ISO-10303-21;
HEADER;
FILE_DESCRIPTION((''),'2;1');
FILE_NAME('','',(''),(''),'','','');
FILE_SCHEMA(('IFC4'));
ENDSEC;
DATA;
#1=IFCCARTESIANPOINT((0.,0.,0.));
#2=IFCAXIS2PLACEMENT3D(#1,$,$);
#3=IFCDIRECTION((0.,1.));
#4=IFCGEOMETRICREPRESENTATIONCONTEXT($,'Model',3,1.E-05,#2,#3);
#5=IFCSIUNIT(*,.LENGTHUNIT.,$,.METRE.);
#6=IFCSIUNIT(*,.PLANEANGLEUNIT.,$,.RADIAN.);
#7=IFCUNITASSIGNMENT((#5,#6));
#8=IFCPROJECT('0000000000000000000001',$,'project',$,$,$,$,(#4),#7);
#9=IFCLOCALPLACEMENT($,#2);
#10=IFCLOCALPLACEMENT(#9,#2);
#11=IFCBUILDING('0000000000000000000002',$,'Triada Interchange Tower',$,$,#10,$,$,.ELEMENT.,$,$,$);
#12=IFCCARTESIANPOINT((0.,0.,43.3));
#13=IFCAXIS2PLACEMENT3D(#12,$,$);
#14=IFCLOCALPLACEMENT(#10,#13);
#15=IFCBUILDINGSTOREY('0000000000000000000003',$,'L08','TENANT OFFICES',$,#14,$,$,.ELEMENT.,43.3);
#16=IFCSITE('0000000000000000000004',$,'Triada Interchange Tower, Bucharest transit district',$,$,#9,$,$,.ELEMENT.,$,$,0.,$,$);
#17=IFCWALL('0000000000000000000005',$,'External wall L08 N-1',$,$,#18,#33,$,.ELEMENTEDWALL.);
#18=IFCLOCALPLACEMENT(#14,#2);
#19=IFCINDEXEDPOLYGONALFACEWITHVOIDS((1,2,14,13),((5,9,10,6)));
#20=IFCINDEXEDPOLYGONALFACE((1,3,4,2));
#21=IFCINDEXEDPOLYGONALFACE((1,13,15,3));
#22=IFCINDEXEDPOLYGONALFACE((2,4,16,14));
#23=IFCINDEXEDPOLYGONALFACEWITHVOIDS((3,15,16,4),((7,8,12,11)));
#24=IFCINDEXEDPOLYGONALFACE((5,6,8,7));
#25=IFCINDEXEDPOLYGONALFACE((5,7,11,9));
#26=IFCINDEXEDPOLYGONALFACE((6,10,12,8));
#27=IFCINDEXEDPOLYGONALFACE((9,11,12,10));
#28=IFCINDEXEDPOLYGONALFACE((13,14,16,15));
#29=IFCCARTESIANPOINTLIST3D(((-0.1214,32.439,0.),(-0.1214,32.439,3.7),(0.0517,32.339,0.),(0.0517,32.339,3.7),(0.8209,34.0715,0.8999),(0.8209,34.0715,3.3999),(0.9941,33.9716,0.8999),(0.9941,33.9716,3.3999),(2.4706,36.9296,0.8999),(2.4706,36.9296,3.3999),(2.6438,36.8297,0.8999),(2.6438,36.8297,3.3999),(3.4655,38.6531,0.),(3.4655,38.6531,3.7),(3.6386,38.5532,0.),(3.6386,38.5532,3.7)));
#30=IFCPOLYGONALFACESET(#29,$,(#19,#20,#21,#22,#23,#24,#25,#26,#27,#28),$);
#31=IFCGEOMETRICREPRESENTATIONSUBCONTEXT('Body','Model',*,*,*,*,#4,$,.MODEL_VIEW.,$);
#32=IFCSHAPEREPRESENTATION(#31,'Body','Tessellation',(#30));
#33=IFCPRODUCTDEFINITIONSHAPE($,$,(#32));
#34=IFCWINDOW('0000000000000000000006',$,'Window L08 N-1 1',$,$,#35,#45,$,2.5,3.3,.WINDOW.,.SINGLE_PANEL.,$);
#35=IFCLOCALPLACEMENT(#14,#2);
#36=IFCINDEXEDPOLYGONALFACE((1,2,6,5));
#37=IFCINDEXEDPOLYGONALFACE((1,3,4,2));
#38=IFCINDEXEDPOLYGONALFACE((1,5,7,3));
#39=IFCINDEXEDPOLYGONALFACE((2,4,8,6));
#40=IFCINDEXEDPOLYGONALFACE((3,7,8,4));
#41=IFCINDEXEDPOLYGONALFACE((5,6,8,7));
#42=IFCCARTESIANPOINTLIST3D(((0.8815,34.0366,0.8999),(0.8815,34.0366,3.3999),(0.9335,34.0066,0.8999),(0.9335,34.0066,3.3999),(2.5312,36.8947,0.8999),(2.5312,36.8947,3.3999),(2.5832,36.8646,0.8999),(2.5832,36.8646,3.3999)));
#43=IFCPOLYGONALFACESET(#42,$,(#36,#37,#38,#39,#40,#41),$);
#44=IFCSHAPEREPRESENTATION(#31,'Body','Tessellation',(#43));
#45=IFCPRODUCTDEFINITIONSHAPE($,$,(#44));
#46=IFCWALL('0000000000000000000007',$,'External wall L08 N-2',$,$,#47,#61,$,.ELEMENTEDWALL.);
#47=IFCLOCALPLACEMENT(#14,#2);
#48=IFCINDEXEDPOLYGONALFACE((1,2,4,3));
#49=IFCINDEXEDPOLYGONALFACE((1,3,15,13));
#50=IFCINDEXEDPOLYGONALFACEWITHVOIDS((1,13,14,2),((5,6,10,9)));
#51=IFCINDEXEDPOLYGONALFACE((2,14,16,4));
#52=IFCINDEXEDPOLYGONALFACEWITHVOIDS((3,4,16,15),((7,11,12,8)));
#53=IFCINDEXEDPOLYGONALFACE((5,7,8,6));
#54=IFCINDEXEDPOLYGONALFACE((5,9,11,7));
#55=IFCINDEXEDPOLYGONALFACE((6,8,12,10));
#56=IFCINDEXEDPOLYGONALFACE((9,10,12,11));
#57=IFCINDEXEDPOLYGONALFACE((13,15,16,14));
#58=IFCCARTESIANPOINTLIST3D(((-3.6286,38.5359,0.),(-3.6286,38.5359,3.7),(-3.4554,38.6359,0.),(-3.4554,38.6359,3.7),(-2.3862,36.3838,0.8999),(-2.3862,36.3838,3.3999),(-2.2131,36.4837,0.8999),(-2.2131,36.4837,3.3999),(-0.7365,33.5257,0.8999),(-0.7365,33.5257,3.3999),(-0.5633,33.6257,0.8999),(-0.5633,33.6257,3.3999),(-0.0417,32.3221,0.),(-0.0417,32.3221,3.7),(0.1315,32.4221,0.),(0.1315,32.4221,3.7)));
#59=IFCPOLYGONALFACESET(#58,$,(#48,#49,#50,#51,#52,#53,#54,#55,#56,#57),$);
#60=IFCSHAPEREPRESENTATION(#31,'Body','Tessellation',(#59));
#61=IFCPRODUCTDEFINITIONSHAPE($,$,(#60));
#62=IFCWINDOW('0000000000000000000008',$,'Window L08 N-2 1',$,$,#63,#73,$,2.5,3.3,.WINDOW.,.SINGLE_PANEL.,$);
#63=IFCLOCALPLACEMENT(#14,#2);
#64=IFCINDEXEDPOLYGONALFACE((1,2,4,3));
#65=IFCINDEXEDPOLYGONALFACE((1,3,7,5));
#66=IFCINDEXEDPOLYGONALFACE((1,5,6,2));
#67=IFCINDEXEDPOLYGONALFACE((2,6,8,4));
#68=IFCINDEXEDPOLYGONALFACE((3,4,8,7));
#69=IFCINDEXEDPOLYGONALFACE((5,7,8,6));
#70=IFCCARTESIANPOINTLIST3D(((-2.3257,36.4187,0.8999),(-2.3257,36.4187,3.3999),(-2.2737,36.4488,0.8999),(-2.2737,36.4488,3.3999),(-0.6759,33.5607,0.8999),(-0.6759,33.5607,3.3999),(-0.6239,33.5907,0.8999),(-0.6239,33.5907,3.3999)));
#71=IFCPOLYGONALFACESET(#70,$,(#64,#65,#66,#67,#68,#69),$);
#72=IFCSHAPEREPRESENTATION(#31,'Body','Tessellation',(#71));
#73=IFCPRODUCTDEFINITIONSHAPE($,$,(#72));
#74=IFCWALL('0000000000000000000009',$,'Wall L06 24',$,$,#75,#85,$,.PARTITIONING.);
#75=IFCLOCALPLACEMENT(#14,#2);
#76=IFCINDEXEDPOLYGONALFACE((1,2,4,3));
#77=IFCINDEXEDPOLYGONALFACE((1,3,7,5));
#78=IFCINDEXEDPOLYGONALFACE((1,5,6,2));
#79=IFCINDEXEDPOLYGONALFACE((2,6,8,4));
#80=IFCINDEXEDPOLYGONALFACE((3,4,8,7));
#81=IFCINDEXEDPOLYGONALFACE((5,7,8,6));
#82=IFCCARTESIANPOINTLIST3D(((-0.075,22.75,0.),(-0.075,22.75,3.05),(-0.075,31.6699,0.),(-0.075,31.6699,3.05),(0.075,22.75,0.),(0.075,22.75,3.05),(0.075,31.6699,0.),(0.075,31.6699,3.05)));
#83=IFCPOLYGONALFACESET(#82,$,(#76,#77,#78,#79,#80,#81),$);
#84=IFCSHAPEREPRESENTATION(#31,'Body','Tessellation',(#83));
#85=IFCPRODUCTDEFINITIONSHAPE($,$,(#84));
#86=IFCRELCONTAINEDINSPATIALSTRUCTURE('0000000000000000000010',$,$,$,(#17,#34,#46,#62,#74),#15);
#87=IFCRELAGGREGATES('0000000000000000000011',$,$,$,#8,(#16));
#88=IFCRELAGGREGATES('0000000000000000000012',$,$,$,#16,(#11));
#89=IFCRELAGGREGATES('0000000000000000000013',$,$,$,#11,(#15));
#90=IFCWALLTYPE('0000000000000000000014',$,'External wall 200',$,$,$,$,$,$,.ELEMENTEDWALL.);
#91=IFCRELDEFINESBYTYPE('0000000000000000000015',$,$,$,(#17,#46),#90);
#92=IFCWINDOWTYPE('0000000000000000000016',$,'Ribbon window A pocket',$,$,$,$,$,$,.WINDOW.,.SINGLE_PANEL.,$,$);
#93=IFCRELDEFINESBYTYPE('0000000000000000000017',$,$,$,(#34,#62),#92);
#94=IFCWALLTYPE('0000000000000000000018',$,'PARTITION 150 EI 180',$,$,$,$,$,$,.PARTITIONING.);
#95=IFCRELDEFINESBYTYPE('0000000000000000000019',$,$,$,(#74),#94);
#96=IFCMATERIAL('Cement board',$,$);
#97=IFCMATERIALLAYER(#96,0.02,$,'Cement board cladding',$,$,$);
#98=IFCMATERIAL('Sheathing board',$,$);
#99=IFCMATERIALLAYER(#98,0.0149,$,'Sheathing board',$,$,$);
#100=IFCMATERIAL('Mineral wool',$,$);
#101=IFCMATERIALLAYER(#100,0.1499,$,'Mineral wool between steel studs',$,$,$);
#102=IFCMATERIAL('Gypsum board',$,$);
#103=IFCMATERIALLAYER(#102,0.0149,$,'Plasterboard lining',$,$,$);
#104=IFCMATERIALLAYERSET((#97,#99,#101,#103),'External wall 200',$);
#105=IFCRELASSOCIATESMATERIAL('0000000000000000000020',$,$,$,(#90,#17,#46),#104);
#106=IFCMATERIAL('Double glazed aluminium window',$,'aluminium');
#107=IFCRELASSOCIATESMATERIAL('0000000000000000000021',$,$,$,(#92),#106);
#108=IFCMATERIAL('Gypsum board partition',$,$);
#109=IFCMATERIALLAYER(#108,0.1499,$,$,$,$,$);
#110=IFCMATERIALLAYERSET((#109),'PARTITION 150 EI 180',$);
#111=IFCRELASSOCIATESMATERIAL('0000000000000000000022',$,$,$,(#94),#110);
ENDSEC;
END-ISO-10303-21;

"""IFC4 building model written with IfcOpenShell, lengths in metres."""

from ifc_helpers import new_model, si_unit, direction, frame, frame_2d, origin, place, context, subcontext, project, spatial, rectangle, extrude, material, layer, layer_set, layer_usage, type_object, element, fill, save


model = new_model("IFC4")

# Units and contexts
model_context = context("Model", 3, precision=1e-05, world=origin(), true_north=direction((0.0, 1.0)))
body_context = subcontext(model_context, "Body", "Model", "MODEL_VIEW")
ifc_project = project(units=[si_unit("LENGTHUNIT", "METRE"), si_unit("PLANEANGLEUNIT", "RADIAN")], contexts=[model_context])

# Site, building, storey
site_placement = place(None, origin())
site = spatial("IfcSite", under=ifc_project, at=site_placement, Name="Triada Interchange Tower, Bucharest transit district", CompositionType="ELEMENT", RefElevation=0.0)
building_placement = place(site_placement, origin())
building = spatial("IfcBuilding", under=site, at=building_placement, Name="Triada Interchange Tower", CompositionType="ELEMENT")
storey_placement = place(building_placement, frame((0.0, 0.0, 43.3)))
storey = spatial("IfcBuildingStorey", under=building, at=storey_placement, Name="L08", Description="TENANT OFFICES", CompositionType="ELEMENT", Elevation=43.3)

# Walls, openings, windows
ifc_material_1 = material(Name="Cement board")
ifc_layer_1 = layer(ifc_material_1, 0.02, Name="Cement board cladding")
ifc_material_2 = material(Name="Sheathing board")
ifc_layer_2 = layer(ifc_material_2, 0.0149, Name="Sheathing board")
ifc_material_3 = material(Name="Mineral wool")
ifc_layer_3 = layer(ifc_material_3, 0.1499, Name="Mineral wool between steel studs")
ifc_material_4 = material(Name="Gypsum board")
ifc_layer_4 = layer(ifc_material_4, 0.0149, Name="Plasterboard lining")
ifc_layer_set_1 = layer_set([ifc_layer_1, ifc_layer_2, ifc_layer_3, ifc_layer_4], Name="External wall 200")
ifc_layer_usage = layer_usage(ifc_layer_set_1, "AXIS2", "POSITIVE", -0.1001)
wall_type_1 = type_object("IfcWallType", Name="External wall 200", PredefinedType="ELEMENTEDWALL", material=ifc_layer_set_1)
wall_1_placement = place(storey_placement, frame((3.552, 38.603, 0.0), z_axis=(0.0, 0.0, 1.0), x_axis=(-0.499916, -0.866074, 0.0)))
wall_1 = element("IfcWall", 1, at=wall_1_placement, inside=storey, type_object=wall_type_1, material=ifc_layer_usage, Name="External wall L08 N-1", PredefinedType="ELEMENTEDWALL", context=body_context, shape_type="SweptSolid", body=[
    extrude(rectangle(XDim=7.175, YDim=0.2, at=frame_2d((3.5874, 0.0))), origin(), (0.0, 0.0, 1.0), 3.7),
])
opening_1_placement = place(wall_1_placement, frame((1.99, 0.0, 0.8999)))
opening_1 = element("IfcOpeningElement", 2, at=opening_1_placement, cuts=wall_1, PredefinedType="OPENING", context=body_context, shape_type="SweptSolid", body=[
    extrude(rectangle(XDim=3.3, YDim=2.5, at=frame_2d((1.6499, 1.25))), frame((0.0, 0.1099, 0.0), z_axis=(0.0, -1.0, 0.0), x_axis=(1.0, 0.0, 0.0)), (0.0, 0.0, 1.0), 0.22),
])
ifc_material_5 = material(Name="Double glazed aluminium window", Category="aluminium")
window_type = type_object("IfcWindowType", Name="Ribbon window A pocket", PartitioningType="SINGLE_PANEL", PredefinedType="WINDOW", material=ifc_material_5)
window_1_placement = place(opening_1_placement, origin())
window_1 = element("IfcWindow", 3, at=window_1_placement, inside=storey, type_object=window_type, Name="Window L08 N-1 1", OverallHeight=2.5, OverallWidth=3.3, PartitioningType="SINGLE_PANEL", PredefinedType="WINDOW", context=body_context, shape_type="SweptSolid", body=[
    extrude(rectangle(XDim=3.3, YDim=2.5, at=frame_2d((1.6499, 1.25))), frame((0.0, 0.03, 0.0), z_axis=(0.0, -1.0, 0.0), x_axis=(1.0, 0.0, 0.0)), (0.0, 0.0, 1.0), 0.0601),
])
fill(opening_1, window_1)
wall_2_placement = place(storey_placement, frame((0.0449, 32.3721, 0.0), z_axis=(0.0, 0.0, 1.0), x_axis=(-0.499931, 0.866065, 0.0)))
wall_2 = element("IfcWall", 4, at=wall_2_placement, inside=storey, type_object=wall_type_1, material=ifc_layer_usage, Name="External wall L08 N-2", PredefinedType="ELEMENTEDWALL", context=body_context, shape_type="SweptSolid", body=[
    extrude(rectangle(XDim=7.1748, YDim=0.2, at=frame_2d((3.5874, 0.0))), origin(), (0.0, 0.0, 1.0), 3.7),
])
opening_2_placement = place(wall_2_placement, frame((1.3899, 0.0, 0.8999)))
opening_2 = element("IfcOpeningElement", 5, at=opening_2_placement, cuts=wall_2, PredefinedType="OPENING", context=body_context, shape_type="SweptSolid", body=[
    extrude(rectangle(XDim=3.3, YDim=2.5, at=frame_2d((1.6499, 1.25))), frame((0.0, 0.1099, 0.0), z_axis=(0.0, -1.0, 0.0), x_axis=(1.0, 0.0, 0.0)), (0.0, 0.0, 1.0), 0.22),
])
window_2_placement = place(opening_2_placement, origin())
window_2 = element("IfcWindow", 6, at=window_2_placement, inside=storey, type_object=window_type, Name="Window L08 N-2 1", OverallHeight=2.5, OverallWidth=3.3, PartitioningType="SINGLE_PANEL", PredefinedType="WINDOW", context=body_context, shape_type="SweptSolid", body=[
    extrude(rectangle(XDim=3.3, YDim=2.5, at=frame_2d((1.6499, 1.25))), frame((0.0, 0.03, 0.0), z_axis=(0.0, -1.0, 0.0), x_axis=(1.0, 0.0, 0.0)), (0.0, 0.0, 1.0), 0.0601),
])
fill(opening_2, window_2)

# Wall
ifc_material_6 = material(Name="Gypsum board partition")
ifc_layer_5 = layer(ifc_material_6, 0.1499)
ifc_layer_set_2 = layer_set([ifc_layer_5], Name="PARTITION 150 EI 180")
wall_type_2 = type_object("IfcWallType", Name="PARTITION 150 EI 180", PredefinedType="PARTITIONING", material=ifc_layer_set_2)
wall_3_placement = place(storey_placement, frame((0.0, 22.75, 0.0), z_axis=(0.0, 0.0, 1.0), x_axis=(0.0, 1.0, 0.0)))
element("IfcWall", 7, at=wall_3_placement, inside=storey, type_object=wall_type_2, Name="Wall L06 24", PredefinedType="PARTITIONING", context=body_context, shape_type="SweptSolid", body=[
    extrude(rectangle(XDim=8.9199, YDim=0.1499, at=frame_2d((4.46, 0.0))), origin(), (0.0, 0.0, 1.0), 3.05),
])

save(model, "model.ifc")
